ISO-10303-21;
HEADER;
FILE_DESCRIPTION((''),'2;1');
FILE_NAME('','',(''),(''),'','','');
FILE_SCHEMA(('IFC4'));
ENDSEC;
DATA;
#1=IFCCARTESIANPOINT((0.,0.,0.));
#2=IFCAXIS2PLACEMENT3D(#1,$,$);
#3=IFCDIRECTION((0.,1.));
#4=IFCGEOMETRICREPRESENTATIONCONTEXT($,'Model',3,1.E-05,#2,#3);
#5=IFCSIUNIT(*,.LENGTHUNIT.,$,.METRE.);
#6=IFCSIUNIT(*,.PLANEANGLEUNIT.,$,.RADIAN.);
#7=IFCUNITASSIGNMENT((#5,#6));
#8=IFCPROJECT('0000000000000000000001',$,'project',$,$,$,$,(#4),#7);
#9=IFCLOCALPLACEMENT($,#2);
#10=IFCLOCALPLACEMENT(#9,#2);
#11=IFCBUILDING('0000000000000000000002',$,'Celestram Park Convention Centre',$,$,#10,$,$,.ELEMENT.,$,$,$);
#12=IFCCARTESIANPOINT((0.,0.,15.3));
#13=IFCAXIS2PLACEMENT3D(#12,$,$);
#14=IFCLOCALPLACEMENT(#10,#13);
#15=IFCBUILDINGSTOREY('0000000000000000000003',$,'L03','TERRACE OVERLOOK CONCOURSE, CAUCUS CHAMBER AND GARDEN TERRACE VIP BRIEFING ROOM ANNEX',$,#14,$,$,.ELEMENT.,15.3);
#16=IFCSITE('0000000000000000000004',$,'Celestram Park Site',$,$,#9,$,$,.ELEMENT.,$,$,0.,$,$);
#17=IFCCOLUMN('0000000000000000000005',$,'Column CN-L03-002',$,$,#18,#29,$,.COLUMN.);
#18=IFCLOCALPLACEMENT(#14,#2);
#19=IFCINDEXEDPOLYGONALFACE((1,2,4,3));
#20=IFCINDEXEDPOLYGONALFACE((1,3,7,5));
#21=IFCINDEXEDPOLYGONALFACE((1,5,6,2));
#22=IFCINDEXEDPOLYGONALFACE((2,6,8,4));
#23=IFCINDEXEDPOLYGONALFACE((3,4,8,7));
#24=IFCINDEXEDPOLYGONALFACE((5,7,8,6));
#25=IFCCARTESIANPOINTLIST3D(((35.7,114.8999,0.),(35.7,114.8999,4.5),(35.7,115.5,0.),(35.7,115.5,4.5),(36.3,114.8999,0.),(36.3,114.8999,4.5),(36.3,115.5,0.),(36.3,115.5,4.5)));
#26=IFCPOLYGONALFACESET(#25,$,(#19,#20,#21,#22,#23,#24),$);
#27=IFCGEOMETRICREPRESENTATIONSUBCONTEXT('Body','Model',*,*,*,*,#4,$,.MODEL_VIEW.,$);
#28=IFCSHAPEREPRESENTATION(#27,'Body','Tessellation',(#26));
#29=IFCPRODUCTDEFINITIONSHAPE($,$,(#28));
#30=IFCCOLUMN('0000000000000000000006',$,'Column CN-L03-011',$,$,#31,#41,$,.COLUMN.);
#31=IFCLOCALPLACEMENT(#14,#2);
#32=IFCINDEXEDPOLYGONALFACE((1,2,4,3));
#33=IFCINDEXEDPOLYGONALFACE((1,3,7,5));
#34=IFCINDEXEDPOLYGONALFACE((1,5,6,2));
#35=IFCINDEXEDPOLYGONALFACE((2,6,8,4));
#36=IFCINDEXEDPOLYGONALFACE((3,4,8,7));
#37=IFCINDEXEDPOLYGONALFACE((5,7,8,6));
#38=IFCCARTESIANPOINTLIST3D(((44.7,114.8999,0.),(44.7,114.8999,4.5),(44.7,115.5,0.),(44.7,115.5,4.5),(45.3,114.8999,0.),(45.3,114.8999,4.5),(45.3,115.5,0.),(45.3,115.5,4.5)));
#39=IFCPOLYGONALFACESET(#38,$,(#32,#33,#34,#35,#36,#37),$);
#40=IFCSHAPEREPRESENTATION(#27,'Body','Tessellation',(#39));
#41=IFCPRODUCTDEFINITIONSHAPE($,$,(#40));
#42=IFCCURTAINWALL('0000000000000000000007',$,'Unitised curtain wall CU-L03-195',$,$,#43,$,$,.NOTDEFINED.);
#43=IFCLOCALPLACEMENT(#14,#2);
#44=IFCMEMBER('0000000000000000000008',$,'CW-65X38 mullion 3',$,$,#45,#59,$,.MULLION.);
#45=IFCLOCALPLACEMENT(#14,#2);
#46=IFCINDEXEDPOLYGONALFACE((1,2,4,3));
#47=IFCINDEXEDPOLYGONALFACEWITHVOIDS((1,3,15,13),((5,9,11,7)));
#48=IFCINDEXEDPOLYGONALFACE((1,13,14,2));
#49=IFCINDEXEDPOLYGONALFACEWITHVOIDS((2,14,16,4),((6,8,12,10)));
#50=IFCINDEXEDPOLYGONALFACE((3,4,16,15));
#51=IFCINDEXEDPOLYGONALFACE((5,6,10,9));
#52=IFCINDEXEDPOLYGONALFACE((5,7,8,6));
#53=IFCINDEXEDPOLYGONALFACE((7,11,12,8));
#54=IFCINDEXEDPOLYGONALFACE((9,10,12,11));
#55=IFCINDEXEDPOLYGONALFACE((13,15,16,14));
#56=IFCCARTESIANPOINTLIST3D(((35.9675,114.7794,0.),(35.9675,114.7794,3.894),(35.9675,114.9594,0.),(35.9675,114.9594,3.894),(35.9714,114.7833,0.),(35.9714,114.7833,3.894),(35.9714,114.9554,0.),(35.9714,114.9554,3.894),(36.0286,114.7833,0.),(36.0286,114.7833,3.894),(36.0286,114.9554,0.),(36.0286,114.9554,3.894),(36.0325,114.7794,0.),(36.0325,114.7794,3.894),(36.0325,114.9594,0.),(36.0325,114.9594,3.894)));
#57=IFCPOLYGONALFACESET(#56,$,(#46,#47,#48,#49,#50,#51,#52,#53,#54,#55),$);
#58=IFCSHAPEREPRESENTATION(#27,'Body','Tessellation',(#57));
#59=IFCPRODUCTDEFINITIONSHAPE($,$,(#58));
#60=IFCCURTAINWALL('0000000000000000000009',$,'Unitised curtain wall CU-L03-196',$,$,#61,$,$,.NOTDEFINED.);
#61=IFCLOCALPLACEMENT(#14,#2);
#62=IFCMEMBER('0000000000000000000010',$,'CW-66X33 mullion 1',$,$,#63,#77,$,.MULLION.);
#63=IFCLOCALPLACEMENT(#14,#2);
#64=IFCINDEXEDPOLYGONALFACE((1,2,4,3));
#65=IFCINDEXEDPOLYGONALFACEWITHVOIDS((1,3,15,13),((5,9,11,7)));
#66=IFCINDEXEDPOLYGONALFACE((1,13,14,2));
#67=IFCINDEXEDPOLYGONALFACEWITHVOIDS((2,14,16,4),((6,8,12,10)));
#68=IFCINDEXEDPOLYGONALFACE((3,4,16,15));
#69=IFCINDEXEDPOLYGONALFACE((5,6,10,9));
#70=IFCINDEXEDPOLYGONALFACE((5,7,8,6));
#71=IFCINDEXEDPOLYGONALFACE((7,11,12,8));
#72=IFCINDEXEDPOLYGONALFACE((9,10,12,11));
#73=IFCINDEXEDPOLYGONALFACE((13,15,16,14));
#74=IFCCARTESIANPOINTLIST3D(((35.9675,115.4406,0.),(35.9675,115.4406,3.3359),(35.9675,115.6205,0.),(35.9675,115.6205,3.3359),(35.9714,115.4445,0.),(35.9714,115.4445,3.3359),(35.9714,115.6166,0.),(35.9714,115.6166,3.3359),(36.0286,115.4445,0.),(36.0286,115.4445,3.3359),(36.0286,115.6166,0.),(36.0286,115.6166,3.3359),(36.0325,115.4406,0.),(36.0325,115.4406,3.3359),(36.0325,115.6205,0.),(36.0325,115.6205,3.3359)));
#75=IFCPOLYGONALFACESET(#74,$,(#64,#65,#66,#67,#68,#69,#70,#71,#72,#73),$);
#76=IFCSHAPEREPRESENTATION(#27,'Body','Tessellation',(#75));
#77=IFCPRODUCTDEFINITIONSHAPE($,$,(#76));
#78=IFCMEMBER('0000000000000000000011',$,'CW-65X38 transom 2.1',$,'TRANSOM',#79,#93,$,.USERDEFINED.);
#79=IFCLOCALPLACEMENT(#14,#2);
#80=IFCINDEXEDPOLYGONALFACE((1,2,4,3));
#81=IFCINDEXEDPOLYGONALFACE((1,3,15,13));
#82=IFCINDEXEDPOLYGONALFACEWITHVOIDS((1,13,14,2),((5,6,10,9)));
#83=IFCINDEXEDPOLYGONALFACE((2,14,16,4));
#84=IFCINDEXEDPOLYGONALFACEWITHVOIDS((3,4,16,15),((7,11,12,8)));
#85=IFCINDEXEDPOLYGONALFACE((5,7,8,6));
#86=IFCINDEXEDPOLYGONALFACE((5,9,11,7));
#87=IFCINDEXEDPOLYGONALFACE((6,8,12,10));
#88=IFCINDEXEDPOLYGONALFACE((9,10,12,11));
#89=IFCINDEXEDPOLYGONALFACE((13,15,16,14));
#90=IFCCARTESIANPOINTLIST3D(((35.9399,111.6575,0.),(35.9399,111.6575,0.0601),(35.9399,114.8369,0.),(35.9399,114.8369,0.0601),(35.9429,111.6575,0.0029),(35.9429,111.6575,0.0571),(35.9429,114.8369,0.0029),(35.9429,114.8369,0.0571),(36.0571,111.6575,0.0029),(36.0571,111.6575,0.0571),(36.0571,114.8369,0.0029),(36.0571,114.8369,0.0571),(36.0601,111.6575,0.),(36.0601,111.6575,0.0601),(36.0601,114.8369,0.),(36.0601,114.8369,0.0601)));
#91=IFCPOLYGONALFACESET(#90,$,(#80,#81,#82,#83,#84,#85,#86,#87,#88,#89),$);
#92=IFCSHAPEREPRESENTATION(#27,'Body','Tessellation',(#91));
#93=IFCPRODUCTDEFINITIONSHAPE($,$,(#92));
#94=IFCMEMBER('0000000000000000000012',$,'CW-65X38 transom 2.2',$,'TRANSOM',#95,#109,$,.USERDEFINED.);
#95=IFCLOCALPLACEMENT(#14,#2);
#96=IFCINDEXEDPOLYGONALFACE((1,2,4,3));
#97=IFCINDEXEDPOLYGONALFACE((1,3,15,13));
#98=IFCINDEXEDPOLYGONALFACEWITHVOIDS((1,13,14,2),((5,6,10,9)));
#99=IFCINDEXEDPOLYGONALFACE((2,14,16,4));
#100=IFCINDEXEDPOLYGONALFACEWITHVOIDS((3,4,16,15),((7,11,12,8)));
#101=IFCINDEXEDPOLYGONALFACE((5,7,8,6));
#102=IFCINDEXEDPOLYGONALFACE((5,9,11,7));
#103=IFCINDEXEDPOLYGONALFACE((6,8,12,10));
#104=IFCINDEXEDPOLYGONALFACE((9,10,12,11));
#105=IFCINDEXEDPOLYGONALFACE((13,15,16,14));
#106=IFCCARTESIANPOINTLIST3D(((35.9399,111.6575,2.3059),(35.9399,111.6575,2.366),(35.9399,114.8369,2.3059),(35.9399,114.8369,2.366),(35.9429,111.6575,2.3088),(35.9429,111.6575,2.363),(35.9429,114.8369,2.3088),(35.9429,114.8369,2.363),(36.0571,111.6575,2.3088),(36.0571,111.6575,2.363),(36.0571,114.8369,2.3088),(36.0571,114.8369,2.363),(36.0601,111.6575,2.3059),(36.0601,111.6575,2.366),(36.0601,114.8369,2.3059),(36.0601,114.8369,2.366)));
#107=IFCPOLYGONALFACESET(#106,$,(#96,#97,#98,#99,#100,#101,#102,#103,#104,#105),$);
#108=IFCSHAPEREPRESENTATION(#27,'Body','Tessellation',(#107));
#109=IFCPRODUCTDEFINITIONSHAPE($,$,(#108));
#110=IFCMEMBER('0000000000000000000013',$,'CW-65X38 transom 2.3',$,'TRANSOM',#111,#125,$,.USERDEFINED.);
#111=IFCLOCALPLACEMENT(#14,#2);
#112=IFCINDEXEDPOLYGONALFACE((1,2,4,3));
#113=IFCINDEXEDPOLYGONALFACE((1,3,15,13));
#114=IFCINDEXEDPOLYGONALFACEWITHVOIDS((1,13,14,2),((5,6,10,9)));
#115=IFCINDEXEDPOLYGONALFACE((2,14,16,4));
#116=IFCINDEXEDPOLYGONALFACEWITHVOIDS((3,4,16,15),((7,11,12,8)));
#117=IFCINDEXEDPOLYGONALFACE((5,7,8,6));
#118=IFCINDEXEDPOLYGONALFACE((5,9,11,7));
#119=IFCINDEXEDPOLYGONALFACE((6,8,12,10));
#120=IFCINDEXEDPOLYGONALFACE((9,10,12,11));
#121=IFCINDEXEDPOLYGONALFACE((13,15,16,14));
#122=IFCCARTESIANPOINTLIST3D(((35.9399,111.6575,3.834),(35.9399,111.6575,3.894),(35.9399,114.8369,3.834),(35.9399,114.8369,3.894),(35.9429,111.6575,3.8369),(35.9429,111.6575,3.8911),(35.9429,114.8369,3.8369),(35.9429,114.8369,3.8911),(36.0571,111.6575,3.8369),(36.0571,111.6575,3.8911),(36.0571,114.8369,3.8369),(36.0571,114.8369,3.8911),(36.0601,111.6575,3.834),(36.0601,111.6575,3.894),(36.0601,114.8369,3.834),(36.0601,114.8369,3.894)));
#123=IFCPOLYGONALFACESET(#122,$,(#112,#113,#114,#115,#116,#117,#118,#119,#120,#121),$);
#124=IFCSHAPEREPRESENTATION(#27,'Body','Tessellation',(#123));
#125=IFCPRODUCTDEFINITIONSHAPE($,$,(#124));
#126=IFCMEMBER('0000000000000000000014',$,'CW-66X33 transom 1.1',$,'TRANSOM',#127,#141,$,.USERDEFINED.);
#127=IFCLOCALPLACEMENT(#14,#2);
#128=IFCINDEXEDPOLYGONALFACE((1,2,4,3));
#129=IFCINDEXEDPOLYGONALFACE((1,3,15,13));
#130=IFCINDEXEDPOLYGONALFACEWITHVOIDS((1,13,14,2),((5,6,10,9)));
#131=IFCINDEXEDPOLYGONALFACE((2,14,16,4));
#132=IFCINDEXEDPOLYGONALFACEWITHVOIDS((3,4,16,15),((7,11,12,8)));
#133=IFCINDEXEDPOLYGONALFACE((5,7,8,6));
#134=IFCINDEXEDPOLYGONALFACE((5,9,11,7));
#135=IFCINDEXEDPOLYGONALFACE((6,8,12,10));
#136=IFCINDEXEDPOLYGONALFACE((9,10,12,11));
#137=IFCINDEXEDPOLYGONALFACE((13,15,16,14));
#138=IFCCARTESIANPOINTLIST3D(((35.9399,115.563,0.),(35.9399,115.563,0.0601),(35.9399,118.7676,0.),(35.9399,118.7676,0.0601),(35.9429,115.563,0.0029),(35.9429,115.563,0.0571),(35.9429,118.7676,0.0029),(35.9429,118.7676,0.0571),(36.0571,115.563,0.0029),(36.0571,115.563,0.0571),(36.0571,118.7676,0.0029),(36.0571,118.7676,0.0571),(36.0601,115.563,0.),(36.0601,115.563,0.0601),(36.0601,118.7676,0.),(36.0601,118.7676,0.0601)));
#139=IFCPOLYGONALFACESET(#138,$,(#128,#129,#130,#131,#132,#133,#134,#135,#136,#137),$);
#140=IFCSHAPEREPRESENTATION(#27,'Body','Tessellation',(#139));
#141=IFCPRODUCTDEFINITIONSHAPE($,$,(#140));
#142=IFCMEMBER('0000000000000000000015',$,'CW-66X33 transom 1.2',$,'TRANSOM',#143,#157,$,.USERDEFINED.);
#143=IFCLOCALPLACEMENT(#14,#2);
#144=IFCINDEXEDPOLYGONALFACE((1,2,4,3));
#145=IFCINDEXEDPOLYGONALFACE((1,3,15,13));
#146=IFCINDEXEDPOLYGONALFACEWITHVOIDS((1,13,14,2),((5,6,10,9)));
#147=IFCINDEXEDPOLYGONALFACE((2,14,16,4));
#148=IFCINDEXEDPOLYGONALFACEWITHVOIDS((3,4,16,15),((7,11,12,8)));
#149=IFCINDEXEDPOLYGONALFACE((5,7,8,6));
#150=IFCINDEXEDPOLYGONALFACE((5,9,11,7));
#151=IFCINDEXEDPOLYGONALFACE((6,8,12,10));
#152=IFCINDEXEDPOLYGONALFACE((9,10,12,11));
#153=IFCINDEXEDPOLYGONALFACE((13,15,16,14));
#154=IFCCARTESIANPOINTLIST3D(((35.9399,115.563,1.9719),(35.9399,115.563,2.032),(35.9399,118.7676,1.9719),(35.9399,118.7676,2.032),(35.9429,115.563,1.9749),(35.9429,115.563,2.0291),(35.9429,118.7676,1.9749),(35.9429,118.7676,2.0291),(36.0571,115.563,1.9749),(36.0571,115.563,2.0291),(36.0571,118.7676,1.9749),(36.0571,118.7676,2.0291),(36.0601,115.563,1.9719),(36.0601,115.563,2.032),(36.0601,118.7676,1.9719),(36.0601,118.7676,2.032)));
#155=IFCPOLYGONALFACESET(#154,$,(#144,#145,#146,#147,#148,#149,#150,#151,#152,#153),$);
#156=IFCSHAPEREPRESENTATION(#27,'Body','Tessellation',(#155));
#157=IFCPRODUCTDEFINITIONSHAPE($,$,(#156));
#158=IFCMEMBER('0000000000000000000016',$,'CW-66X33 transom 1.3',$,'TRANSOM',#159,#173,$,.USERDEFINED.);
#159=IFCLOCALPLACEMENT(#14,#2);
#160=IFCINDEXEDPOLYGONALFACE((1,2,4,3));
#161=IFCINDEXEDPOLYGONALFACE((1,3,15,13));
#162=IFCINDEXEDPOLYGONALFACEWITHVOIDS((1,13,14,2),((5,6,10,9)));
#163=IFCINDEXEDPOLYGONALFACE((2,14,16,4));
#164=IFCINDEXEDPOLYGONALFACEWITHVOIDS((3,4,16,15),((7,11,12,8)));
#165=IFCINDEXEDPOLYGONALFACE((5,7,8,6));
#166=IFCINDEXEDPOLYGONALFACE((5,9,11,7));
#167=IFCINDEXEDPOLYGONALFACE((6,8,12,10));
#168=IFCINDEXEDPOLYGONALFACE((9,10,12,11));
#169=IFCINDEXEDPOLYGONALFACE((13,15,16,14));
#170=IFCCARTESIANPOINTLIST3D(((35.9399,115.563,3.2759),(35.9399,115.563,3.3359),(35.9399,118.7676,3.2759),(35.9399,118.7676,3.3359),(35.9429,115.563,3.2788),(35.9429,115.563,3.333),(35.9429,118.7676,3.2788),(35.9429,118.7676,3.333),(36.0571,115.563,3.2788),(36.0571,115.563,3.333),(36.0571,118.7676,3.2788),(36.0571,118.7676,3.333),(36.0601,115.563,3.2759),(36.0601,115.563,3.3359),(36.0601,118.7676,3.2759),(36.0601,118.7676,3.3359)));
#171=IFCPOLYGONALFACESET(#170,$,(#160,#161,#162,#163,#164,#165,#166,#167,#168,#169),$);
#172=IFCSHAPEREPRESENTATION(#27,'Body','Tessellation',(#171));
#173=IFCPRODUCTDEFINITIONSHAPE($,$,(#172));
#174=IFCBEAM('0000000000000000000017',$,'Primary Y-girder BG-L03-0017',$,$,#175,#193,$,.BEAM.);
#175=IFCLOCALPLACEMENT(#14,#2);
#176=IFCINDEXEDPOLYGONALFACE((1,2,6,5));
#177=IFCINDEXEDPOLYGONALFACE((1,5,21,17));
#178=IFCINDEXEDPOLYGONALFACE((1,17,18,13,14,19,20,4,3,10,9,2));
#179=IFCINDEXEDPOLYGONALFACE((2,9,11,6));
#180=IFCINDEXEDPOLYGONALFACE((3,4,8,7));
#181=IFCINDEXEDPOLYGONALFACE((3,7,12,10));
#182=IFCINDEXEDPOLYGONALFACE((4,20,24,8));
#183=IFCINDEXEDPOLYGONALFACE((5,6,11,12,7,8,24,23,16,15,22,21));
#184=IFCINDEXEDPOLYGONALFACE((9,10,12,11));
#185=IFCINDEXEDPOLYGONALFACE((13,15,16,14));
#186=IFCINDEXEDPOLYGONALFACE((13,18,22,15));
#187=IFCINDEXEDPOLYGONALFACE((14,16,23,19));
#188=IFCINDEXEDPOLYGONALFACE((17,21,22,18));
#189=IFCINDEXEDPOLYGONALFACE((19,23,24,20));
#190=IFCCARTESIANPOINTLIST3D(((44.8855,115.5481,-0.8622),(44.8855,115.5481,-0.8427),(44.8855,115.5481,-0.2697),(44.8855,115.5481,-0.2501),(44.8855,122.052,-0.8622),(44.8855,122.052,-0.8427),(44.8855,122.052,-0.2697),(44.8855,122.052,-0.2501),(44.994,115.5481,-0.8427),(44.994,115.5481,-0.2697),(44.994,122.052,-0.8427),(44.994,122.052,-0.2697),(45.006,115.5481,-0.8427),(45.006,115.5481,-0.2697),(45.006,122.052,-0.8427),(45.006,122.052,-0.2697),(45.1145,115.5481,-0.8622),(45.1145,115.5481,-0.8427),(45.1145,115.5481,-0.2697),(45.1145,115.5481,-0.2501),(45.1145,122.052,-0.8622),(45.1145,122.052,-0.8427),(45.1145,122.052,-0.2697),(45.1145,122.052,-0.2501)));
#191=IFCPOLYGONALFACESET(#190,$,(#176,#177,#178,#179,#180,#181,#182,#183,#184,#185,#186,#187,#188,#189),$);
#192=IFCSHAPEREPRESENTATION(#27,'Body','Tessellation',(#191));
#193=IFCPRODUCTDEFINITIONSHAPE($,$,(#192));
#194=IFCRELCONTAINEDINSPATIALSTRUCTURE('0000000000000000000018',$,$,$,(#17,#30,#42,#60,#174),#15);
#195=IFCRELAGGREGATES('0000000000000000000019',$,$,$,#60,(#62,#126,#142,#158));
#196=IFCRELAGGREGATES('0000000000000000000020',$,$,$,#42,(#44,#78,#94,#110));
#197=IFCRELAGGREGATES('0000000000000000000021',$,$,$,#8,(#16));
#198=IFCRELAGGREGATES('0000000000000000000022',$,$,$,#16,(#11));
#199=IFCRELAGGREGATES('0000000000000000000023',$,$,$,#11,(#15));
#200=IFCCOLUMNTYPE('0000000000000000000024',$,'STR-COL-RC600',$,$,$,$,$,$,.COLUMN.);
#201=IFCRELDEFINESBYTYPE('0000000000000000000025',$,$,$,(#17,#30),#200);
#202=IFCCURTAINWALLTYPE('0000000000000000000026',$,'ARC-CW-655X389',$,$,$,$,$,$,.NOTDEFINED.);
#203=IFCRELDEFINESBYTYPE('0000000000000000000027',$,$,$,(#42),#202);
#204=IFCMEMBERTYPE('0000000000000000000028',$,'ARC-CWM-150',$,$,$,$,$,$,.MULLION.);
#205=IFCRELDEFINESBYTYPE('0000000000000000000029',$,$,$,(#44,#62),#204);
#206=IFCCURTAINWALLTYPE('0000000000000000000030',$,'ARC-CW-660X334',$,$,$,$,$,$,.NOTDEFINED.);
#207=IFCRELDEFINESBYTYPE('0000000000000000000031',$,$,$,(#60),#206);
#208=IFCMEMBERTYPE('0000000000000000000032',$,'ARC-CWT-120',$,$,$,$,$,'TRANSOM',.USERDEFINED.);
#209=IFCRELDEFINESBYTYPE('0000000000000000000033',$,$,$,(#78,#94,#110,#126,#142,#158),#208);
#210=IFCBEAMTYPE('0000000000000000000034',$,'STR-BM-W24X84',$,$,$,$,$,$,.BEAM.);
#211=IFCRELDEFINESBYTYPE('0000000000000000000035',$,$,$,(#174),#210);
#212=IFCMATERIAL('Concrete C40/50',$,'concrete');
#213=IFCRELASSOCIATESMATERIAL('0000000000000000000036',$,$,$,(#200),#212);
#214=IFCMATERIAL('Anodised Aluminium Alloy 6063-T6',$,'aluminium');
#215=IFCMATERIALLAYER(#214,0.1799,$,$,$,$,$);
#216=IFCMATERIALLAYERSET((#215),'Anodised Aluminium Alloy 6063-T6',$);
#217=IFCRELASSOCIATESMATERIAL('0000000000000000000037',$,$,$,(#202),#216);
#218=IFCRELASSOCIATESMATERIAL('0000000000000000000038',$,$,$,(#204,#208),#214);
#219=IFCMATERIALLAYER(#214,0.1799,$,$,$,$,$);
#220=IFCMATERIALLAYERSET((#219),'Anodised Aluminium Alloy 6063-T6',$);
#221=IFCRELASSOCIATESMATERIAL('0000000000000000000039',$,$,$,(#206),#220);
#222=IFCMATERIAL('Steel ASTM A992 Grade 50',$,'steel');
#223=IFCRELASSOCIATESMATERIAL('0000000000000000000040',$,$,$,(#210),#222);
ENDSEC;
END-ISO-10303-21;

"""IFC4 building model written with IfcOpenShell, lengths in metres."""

from ifc_helpers import new_model, si_unit, direction, frame, origin, origin_2d, place, context, subcontext, project, spatial, rectangle, hollow_rectangle, i_section, extrude, material, layer, layer_set, material_profile, profile_set, type_object, element, aggregate, save


model = new_model("IFC4")

# Units and contexts
model_context = context("Model", 3, precision=1e-05, world=origin(), true_north=direction((0.0, 1.0)))
body_context = subcontext(model_context, "Body", "Model", "MODEL_VIEW")
ifc_project = project(units=[si_unit("LENGTHUNIT", "METRE"), si_unit("PLANEANGLEUNIT", "RADIAN")], contexts=[model_context])

# Site, building, storey
site_placement = place(None, origin())
site = spatial("IfcSite", under=ifc_project, at=site_placement, Name="Celestram Park Site", CompositionType="ELEMENT", RefElevation=0.0)
building_placement = place(site_placement, origin())
building = spatial("IfcBuilding", under=site, at=building_placement, Name="Celestram Park Convention Centre", CompositionType="ELEMENT")
storey_placement = place(building_placement, frame((0.0, 0.0, 15.3)))
storey = spatial("IfcBuildingStorey", under=building, at=storey_placement, Name="L03", Description="TERRACE OVERLOOK CONCOURSE, CAUCUS CHAMBER AND GARDEN TERRACE VIP BRIEFING ROOM ANNEX", CompositionType="ELEMENT", Elevation=15.3)

# Columns
ifc_material_1 = material(Name="Concrete C40/50", Category="concrete")
ifc_material_profile_1 = material_profile(ifc_material_1, rectangle(XDim=0.6001, YDim=0.6001, at=origin_2d()), Name="RC600X600")
ifc_profile_set_1 = profile_set([ifc_material_profile_1], Name="Concrete C40/50")
column_type = type_object("IfcColumnType", Name="STR-COL-RC600", PredefinedType="COLUMN", material=ifc_profile_set_1)
for number, where, z_axis, x_axis, name in (
    (1, (36.0, 115.2, 0.0), (0.0, 0.0, 1.0), (1.0, 0.0, 0.0), "Column CN-L03-002"),
    (2, (45.0, 115.2, 0.0), (0.0, 0.0, 1.0), (1.0, 0.0, 0.0), "Column CN-L03-011"),
):
    element("IfcColumn", number, at=place(storey_placement, frame(where, z_axis=z_axis, x_axis=x_axis)), inside=storey, type_object=column_type, Name=name, PredefinedType="COLUMN", context=body_context, shape_type="SweptSolid", body=[
        extrude(rectangle(XDim=0.6001, YDim=0.6001, at=origin_2d()), origin(), (0.0, 0.0, 1.0), 4.5),
    ])

# Curtain walls, members
ifc_material_2 = material(Name="Anodised Aluminium Alloy 6063-T6", Category="aluminium")
ifc_layer_1 = layer(ifc_material_2, 0.1799)
ifc_layer_set_1 = layer_set([ifc_layer_1], Name="Anodised Aluminium Alloy 6063-T6")
curtain_wall_type_1 = type_object("IfcCurtainWallType", Name="ARC-CW-655X389", PredefinedType="NOTDEFINED", material=ifc_layer_set_1)
curtain_wall_1_placement = place(storey_placement, origin())
curtain_wall_1 = element("IfcCurtainWall", 3, at=curtain_wall_1_placement, inside=storey, type_object=curtain_wall_type_1, Name="Unitised curtain wall CU-L03-195", PredefinedType="NOTDEFINED")
ifc_material_profile_2 = material_profile(ifc_material_2, hollow_rectangle(XDim=0.0649, YDim=0.1799, WallThickness=0.0039, at=origin_2d()), Name="ALU65X180X4")
ifc_profile_set_2 = profile_set([ifc_material_profile_2], Name="Anodised Aluminium Alloy 6063-T6")
member_type_1 = type_object("IfcMemberType", Name="ARC-CWM-150", PredefinedType="MULLION", material=ifc_profile_set_2)
member_1_placement = place(storey_placement, frame((36.0, 114.8694, 0.0), z_axis=(0.0, 0.0, 1.0), x_axis=(-1.0, 0.0, 0.0)))
member_1 = element("IfcMember", 4, at=member_1_placement, type_object=member_type_1, Name="CW-65X38 mullion 3", PredefinedType="MULLION", context=body_context, shape_type="SweptSolid", body=[
    extrude(hollow_rectangle(XDim=0.0649, YDim=0.1799, WallThickness=0.0039, at=origin_2d()), origin(), (0.0, 0.0, 1.0), 3.894),
])
ifc_layer_2 = layer(ifc_material_2, 0.1799)
ifc_layer_set_2 = layer_set([ifc_layer_2], Name="Anodised Aluminium Alloy 6063-T6")
curtain_wall_type_2 = type_object("IfcCurtainWallType", Name="ARC-CW-660X334", PredefinedType="NOTDEFINED", material=ifc_layer_set_2)
curtain_wall_2_placement = place(storey_placement, origin())
curtain_wall_2 = element("IfcCurtainWall", 5, at=curtain_wall_2_placement, inside=storey, type_object=curtain_wall_type_2, Name="Unitised curtain wall CU-L03-196", PredefinedType="NOTDEFINED")
member_2_placement = place(storey_placement, frame((36.0, 115.5305, 0.0), z_axis=(0.0, 0.0, 1.0), x_axis=(-1.0, 0.0, 0.0)))
member_2 = element("IfcMember", 6, at=member_2_placement, type_object=member_type_1, Name="CW-66X33 mullion 1", PredefinedType="MULLION", context=body_context, shape_type="SweptSolid", body=[
    extrude(hollow_rectangle(XDim=0.0649, YDim=0.1799, WallThickness=0.0039, at=origin_2d()), origin(), (0.0, 0.0, 1.0), 3.3359),
])

# Members
ifc_material_profile_3 = material_profile(ifc_material_2, hollow_rectangle(XDim=0.1201, YDim=0.0601, WallThickness=0.0029, at=origin_2d()), Name="ALU120X60X3")
ifc_profile_set_3 = profile_set([ifc_material_profile_3], Name="Anodised Aluminium Alloy 6063-T6")
member_type_2 = type_object("IfcMemberType", Name="ARC-CWT-120", ElementType="TRANSOM", PredefinedType="USERDEFINED", material=ifc_profile_set_3)
member_3_placement = place(storey_placement, frame((36.0, 111.6575, 0.03), z_axis=(0.0, 1.0, 0.0), x_axis=(-1.0, 0.0, 0.0)))
member_3 = element("IfcMember", 7, at=member_3_placement, type_object=member_type_2, Name="CW-65X38 transom 2.1", ObjectType="TRANSOM", PredefinedType="USERDEFINED", context=body_context, shape_type="SweptSolid", body=[
    extrude(hollow_rectangle(XDim=0.1201, YDim=0.0601, WallThickness=0.0029, at=origin_2d()), origin(), (0.0, 0.0, 1.0), 3.1794),
])
member_4_placement = place(storey_placement, frame((36.0, 111.6575, 2.3359), z_axis=(0.0, 1.0, 0.0), x_axis=(-1.0, 0.0, 0.0)))
member_4 = element("IfcMember", 8, at=member_4_placement, type_object=member_type_2, Name="CW-65X38 transom 2.2", ObjectType="TRANSOM", PredefinedType="USERDEFINED", context=body_context, shape_type="SweptSolid", body=[
    extrude(hollow_rectangle(XDim=0.1201, YDim=0.0601, WallThickness=0.0029, at=origin_2d()), origin(), (0.0, 0.0, 1.0), 3.1794),
])
member_5_placement = place(storey_placement, frame((36.0, 111.6575, 3.864), z_axis=(0.0, 1.0, 0.0), x_axis=(-1.0, 0.0, 0.0)))
member_5 = element("IfcMember", 9, at=member_5_placement, type_object=member_type_2, Name="CW-65X38 transom 2.3", ObjectType="TRANSOM", PredefinedType="USERDEFINED", context=body_context, shape_type="SweptSolid", body=[
    extrude(hollow_rectangle(XDim=0.1201, YDim=0.0601, WallThickness=0.0029, at=origin_2d()), origin(), (0.0, 0.0, 1.0), 3.1794),
])
member_6_placement = place(storey_placement, frame((36.0, 115.563, 0.03), z_axis=(0.0, 1.0, 0.0), x_axis=(-1.0, 0.0, 0.0)))
member_6 = element("IfcMember", 10, at=member_6_placement, type_object=member_type_2, Name="CW-66X33 transom 1.1", ObjectType="TRANSOM", PredefinedType="USERDEFINED", context=body_context, shape_type="SweptSolid", body=[
    extrude(hollow_rectangle(XDim=0.1201, YDim=0.0601, WallThickness=0.0029, at=origin_2d()), origin(), (0.0, 0.0, 1.0), 3.2046),
])
member_7_placement = place(storey_placement, frame((36.0, 115.563, 2.002), z_axis=(0.0, 1.0, 0.0), x_axis=(-1.0, 0.0, 0.0)))
member_7 = element("IfcMember", 11, at=member_7_placement, type_object=member_type_2, Name="CW-66X33 transom 1.2", ObjectType="TRANSOM", PredefinedType="USERDEFINED", context=body_context, shape_type="SweptSolid", body=[
    extrude(hollow_rectangle(XDim=0.1201, YDim=0.0601, WallThickness=0.0029, at=origin_2d()), origin(), (0.0, 0.0, 1.0), 3.2046),
])
member_8_placement = place(storey_placement, frame((36.0, 115.563, 3.3059), z_axis=(0.0, 1.0, 0.0), x_axis=(-1.0, 0.0, 0.0)))
member_8 = element("IfcMember", 12, at=member_8_placement, type_object=member_type_2, Name="CW-66X33 transom 1.3", ObjectType="TRANSOM", PredefinedType="USERDEFINED", context=body_context, shape_type="SweptSolid", body=[
    extrude(hollow_rectangle(XDim=0.1201, YDim=0.0601, WallThickness=0.0029, at=origin_2d()), origin(), (0.0, 0.0, 1.0), 3.2046),
])
aggregate(curtain_wall_2, [member_2, member_6, member_7, member_8])

# Beam
ifc_material_3 = material(Name="Steel ASTM A992 Grade 50", Category="steel")
ifc_material_profile_4 = material_profile(ifc_material_3, i_section(OverallWidth=0.229, OverallDepth=0.6121, WebThickness=0.012, FlangeThickness=0.0195, at=origin_2d()), Name="W24X84")
ifc_profile_set_4 = profile_set([ifc_material_profile_4], Name="Steel ASTM A992 Grade 50")
beam_type_1 = type_object("IfcBeamType", Name="STR-BM-W24X84", PredefinedType="BEAM", material=ifc_profile_set_4)
beam_1_placement = place(storey_placement, frame((45.0, 115.5481, -0.5562), z_axis=(0.0, 1.0, 0.0), x_axis=(-1.0, 0.0, 0.0)))
element("IfcBeam", 13, at=beam_1_placement, inside=storey, type_object=beam_type_1, Name="Primary Y-girder BG-L03-0017", PredefinedType="BEAM", context=body_context, shape_type="SweptSolid", body=[
    extrude(i_section(OverallWidth=0.229, OverallDepth=0.6121, WebThickness=0.012, FlangeThickness=0.0195, at=origin_2d()), origin(), (0.0, 0.0, 1.0), 6.5039),
])

aggregate(curtain_wall_1, [member_1, member_3, member_4, member_5])

save(model, "model.ifc")
